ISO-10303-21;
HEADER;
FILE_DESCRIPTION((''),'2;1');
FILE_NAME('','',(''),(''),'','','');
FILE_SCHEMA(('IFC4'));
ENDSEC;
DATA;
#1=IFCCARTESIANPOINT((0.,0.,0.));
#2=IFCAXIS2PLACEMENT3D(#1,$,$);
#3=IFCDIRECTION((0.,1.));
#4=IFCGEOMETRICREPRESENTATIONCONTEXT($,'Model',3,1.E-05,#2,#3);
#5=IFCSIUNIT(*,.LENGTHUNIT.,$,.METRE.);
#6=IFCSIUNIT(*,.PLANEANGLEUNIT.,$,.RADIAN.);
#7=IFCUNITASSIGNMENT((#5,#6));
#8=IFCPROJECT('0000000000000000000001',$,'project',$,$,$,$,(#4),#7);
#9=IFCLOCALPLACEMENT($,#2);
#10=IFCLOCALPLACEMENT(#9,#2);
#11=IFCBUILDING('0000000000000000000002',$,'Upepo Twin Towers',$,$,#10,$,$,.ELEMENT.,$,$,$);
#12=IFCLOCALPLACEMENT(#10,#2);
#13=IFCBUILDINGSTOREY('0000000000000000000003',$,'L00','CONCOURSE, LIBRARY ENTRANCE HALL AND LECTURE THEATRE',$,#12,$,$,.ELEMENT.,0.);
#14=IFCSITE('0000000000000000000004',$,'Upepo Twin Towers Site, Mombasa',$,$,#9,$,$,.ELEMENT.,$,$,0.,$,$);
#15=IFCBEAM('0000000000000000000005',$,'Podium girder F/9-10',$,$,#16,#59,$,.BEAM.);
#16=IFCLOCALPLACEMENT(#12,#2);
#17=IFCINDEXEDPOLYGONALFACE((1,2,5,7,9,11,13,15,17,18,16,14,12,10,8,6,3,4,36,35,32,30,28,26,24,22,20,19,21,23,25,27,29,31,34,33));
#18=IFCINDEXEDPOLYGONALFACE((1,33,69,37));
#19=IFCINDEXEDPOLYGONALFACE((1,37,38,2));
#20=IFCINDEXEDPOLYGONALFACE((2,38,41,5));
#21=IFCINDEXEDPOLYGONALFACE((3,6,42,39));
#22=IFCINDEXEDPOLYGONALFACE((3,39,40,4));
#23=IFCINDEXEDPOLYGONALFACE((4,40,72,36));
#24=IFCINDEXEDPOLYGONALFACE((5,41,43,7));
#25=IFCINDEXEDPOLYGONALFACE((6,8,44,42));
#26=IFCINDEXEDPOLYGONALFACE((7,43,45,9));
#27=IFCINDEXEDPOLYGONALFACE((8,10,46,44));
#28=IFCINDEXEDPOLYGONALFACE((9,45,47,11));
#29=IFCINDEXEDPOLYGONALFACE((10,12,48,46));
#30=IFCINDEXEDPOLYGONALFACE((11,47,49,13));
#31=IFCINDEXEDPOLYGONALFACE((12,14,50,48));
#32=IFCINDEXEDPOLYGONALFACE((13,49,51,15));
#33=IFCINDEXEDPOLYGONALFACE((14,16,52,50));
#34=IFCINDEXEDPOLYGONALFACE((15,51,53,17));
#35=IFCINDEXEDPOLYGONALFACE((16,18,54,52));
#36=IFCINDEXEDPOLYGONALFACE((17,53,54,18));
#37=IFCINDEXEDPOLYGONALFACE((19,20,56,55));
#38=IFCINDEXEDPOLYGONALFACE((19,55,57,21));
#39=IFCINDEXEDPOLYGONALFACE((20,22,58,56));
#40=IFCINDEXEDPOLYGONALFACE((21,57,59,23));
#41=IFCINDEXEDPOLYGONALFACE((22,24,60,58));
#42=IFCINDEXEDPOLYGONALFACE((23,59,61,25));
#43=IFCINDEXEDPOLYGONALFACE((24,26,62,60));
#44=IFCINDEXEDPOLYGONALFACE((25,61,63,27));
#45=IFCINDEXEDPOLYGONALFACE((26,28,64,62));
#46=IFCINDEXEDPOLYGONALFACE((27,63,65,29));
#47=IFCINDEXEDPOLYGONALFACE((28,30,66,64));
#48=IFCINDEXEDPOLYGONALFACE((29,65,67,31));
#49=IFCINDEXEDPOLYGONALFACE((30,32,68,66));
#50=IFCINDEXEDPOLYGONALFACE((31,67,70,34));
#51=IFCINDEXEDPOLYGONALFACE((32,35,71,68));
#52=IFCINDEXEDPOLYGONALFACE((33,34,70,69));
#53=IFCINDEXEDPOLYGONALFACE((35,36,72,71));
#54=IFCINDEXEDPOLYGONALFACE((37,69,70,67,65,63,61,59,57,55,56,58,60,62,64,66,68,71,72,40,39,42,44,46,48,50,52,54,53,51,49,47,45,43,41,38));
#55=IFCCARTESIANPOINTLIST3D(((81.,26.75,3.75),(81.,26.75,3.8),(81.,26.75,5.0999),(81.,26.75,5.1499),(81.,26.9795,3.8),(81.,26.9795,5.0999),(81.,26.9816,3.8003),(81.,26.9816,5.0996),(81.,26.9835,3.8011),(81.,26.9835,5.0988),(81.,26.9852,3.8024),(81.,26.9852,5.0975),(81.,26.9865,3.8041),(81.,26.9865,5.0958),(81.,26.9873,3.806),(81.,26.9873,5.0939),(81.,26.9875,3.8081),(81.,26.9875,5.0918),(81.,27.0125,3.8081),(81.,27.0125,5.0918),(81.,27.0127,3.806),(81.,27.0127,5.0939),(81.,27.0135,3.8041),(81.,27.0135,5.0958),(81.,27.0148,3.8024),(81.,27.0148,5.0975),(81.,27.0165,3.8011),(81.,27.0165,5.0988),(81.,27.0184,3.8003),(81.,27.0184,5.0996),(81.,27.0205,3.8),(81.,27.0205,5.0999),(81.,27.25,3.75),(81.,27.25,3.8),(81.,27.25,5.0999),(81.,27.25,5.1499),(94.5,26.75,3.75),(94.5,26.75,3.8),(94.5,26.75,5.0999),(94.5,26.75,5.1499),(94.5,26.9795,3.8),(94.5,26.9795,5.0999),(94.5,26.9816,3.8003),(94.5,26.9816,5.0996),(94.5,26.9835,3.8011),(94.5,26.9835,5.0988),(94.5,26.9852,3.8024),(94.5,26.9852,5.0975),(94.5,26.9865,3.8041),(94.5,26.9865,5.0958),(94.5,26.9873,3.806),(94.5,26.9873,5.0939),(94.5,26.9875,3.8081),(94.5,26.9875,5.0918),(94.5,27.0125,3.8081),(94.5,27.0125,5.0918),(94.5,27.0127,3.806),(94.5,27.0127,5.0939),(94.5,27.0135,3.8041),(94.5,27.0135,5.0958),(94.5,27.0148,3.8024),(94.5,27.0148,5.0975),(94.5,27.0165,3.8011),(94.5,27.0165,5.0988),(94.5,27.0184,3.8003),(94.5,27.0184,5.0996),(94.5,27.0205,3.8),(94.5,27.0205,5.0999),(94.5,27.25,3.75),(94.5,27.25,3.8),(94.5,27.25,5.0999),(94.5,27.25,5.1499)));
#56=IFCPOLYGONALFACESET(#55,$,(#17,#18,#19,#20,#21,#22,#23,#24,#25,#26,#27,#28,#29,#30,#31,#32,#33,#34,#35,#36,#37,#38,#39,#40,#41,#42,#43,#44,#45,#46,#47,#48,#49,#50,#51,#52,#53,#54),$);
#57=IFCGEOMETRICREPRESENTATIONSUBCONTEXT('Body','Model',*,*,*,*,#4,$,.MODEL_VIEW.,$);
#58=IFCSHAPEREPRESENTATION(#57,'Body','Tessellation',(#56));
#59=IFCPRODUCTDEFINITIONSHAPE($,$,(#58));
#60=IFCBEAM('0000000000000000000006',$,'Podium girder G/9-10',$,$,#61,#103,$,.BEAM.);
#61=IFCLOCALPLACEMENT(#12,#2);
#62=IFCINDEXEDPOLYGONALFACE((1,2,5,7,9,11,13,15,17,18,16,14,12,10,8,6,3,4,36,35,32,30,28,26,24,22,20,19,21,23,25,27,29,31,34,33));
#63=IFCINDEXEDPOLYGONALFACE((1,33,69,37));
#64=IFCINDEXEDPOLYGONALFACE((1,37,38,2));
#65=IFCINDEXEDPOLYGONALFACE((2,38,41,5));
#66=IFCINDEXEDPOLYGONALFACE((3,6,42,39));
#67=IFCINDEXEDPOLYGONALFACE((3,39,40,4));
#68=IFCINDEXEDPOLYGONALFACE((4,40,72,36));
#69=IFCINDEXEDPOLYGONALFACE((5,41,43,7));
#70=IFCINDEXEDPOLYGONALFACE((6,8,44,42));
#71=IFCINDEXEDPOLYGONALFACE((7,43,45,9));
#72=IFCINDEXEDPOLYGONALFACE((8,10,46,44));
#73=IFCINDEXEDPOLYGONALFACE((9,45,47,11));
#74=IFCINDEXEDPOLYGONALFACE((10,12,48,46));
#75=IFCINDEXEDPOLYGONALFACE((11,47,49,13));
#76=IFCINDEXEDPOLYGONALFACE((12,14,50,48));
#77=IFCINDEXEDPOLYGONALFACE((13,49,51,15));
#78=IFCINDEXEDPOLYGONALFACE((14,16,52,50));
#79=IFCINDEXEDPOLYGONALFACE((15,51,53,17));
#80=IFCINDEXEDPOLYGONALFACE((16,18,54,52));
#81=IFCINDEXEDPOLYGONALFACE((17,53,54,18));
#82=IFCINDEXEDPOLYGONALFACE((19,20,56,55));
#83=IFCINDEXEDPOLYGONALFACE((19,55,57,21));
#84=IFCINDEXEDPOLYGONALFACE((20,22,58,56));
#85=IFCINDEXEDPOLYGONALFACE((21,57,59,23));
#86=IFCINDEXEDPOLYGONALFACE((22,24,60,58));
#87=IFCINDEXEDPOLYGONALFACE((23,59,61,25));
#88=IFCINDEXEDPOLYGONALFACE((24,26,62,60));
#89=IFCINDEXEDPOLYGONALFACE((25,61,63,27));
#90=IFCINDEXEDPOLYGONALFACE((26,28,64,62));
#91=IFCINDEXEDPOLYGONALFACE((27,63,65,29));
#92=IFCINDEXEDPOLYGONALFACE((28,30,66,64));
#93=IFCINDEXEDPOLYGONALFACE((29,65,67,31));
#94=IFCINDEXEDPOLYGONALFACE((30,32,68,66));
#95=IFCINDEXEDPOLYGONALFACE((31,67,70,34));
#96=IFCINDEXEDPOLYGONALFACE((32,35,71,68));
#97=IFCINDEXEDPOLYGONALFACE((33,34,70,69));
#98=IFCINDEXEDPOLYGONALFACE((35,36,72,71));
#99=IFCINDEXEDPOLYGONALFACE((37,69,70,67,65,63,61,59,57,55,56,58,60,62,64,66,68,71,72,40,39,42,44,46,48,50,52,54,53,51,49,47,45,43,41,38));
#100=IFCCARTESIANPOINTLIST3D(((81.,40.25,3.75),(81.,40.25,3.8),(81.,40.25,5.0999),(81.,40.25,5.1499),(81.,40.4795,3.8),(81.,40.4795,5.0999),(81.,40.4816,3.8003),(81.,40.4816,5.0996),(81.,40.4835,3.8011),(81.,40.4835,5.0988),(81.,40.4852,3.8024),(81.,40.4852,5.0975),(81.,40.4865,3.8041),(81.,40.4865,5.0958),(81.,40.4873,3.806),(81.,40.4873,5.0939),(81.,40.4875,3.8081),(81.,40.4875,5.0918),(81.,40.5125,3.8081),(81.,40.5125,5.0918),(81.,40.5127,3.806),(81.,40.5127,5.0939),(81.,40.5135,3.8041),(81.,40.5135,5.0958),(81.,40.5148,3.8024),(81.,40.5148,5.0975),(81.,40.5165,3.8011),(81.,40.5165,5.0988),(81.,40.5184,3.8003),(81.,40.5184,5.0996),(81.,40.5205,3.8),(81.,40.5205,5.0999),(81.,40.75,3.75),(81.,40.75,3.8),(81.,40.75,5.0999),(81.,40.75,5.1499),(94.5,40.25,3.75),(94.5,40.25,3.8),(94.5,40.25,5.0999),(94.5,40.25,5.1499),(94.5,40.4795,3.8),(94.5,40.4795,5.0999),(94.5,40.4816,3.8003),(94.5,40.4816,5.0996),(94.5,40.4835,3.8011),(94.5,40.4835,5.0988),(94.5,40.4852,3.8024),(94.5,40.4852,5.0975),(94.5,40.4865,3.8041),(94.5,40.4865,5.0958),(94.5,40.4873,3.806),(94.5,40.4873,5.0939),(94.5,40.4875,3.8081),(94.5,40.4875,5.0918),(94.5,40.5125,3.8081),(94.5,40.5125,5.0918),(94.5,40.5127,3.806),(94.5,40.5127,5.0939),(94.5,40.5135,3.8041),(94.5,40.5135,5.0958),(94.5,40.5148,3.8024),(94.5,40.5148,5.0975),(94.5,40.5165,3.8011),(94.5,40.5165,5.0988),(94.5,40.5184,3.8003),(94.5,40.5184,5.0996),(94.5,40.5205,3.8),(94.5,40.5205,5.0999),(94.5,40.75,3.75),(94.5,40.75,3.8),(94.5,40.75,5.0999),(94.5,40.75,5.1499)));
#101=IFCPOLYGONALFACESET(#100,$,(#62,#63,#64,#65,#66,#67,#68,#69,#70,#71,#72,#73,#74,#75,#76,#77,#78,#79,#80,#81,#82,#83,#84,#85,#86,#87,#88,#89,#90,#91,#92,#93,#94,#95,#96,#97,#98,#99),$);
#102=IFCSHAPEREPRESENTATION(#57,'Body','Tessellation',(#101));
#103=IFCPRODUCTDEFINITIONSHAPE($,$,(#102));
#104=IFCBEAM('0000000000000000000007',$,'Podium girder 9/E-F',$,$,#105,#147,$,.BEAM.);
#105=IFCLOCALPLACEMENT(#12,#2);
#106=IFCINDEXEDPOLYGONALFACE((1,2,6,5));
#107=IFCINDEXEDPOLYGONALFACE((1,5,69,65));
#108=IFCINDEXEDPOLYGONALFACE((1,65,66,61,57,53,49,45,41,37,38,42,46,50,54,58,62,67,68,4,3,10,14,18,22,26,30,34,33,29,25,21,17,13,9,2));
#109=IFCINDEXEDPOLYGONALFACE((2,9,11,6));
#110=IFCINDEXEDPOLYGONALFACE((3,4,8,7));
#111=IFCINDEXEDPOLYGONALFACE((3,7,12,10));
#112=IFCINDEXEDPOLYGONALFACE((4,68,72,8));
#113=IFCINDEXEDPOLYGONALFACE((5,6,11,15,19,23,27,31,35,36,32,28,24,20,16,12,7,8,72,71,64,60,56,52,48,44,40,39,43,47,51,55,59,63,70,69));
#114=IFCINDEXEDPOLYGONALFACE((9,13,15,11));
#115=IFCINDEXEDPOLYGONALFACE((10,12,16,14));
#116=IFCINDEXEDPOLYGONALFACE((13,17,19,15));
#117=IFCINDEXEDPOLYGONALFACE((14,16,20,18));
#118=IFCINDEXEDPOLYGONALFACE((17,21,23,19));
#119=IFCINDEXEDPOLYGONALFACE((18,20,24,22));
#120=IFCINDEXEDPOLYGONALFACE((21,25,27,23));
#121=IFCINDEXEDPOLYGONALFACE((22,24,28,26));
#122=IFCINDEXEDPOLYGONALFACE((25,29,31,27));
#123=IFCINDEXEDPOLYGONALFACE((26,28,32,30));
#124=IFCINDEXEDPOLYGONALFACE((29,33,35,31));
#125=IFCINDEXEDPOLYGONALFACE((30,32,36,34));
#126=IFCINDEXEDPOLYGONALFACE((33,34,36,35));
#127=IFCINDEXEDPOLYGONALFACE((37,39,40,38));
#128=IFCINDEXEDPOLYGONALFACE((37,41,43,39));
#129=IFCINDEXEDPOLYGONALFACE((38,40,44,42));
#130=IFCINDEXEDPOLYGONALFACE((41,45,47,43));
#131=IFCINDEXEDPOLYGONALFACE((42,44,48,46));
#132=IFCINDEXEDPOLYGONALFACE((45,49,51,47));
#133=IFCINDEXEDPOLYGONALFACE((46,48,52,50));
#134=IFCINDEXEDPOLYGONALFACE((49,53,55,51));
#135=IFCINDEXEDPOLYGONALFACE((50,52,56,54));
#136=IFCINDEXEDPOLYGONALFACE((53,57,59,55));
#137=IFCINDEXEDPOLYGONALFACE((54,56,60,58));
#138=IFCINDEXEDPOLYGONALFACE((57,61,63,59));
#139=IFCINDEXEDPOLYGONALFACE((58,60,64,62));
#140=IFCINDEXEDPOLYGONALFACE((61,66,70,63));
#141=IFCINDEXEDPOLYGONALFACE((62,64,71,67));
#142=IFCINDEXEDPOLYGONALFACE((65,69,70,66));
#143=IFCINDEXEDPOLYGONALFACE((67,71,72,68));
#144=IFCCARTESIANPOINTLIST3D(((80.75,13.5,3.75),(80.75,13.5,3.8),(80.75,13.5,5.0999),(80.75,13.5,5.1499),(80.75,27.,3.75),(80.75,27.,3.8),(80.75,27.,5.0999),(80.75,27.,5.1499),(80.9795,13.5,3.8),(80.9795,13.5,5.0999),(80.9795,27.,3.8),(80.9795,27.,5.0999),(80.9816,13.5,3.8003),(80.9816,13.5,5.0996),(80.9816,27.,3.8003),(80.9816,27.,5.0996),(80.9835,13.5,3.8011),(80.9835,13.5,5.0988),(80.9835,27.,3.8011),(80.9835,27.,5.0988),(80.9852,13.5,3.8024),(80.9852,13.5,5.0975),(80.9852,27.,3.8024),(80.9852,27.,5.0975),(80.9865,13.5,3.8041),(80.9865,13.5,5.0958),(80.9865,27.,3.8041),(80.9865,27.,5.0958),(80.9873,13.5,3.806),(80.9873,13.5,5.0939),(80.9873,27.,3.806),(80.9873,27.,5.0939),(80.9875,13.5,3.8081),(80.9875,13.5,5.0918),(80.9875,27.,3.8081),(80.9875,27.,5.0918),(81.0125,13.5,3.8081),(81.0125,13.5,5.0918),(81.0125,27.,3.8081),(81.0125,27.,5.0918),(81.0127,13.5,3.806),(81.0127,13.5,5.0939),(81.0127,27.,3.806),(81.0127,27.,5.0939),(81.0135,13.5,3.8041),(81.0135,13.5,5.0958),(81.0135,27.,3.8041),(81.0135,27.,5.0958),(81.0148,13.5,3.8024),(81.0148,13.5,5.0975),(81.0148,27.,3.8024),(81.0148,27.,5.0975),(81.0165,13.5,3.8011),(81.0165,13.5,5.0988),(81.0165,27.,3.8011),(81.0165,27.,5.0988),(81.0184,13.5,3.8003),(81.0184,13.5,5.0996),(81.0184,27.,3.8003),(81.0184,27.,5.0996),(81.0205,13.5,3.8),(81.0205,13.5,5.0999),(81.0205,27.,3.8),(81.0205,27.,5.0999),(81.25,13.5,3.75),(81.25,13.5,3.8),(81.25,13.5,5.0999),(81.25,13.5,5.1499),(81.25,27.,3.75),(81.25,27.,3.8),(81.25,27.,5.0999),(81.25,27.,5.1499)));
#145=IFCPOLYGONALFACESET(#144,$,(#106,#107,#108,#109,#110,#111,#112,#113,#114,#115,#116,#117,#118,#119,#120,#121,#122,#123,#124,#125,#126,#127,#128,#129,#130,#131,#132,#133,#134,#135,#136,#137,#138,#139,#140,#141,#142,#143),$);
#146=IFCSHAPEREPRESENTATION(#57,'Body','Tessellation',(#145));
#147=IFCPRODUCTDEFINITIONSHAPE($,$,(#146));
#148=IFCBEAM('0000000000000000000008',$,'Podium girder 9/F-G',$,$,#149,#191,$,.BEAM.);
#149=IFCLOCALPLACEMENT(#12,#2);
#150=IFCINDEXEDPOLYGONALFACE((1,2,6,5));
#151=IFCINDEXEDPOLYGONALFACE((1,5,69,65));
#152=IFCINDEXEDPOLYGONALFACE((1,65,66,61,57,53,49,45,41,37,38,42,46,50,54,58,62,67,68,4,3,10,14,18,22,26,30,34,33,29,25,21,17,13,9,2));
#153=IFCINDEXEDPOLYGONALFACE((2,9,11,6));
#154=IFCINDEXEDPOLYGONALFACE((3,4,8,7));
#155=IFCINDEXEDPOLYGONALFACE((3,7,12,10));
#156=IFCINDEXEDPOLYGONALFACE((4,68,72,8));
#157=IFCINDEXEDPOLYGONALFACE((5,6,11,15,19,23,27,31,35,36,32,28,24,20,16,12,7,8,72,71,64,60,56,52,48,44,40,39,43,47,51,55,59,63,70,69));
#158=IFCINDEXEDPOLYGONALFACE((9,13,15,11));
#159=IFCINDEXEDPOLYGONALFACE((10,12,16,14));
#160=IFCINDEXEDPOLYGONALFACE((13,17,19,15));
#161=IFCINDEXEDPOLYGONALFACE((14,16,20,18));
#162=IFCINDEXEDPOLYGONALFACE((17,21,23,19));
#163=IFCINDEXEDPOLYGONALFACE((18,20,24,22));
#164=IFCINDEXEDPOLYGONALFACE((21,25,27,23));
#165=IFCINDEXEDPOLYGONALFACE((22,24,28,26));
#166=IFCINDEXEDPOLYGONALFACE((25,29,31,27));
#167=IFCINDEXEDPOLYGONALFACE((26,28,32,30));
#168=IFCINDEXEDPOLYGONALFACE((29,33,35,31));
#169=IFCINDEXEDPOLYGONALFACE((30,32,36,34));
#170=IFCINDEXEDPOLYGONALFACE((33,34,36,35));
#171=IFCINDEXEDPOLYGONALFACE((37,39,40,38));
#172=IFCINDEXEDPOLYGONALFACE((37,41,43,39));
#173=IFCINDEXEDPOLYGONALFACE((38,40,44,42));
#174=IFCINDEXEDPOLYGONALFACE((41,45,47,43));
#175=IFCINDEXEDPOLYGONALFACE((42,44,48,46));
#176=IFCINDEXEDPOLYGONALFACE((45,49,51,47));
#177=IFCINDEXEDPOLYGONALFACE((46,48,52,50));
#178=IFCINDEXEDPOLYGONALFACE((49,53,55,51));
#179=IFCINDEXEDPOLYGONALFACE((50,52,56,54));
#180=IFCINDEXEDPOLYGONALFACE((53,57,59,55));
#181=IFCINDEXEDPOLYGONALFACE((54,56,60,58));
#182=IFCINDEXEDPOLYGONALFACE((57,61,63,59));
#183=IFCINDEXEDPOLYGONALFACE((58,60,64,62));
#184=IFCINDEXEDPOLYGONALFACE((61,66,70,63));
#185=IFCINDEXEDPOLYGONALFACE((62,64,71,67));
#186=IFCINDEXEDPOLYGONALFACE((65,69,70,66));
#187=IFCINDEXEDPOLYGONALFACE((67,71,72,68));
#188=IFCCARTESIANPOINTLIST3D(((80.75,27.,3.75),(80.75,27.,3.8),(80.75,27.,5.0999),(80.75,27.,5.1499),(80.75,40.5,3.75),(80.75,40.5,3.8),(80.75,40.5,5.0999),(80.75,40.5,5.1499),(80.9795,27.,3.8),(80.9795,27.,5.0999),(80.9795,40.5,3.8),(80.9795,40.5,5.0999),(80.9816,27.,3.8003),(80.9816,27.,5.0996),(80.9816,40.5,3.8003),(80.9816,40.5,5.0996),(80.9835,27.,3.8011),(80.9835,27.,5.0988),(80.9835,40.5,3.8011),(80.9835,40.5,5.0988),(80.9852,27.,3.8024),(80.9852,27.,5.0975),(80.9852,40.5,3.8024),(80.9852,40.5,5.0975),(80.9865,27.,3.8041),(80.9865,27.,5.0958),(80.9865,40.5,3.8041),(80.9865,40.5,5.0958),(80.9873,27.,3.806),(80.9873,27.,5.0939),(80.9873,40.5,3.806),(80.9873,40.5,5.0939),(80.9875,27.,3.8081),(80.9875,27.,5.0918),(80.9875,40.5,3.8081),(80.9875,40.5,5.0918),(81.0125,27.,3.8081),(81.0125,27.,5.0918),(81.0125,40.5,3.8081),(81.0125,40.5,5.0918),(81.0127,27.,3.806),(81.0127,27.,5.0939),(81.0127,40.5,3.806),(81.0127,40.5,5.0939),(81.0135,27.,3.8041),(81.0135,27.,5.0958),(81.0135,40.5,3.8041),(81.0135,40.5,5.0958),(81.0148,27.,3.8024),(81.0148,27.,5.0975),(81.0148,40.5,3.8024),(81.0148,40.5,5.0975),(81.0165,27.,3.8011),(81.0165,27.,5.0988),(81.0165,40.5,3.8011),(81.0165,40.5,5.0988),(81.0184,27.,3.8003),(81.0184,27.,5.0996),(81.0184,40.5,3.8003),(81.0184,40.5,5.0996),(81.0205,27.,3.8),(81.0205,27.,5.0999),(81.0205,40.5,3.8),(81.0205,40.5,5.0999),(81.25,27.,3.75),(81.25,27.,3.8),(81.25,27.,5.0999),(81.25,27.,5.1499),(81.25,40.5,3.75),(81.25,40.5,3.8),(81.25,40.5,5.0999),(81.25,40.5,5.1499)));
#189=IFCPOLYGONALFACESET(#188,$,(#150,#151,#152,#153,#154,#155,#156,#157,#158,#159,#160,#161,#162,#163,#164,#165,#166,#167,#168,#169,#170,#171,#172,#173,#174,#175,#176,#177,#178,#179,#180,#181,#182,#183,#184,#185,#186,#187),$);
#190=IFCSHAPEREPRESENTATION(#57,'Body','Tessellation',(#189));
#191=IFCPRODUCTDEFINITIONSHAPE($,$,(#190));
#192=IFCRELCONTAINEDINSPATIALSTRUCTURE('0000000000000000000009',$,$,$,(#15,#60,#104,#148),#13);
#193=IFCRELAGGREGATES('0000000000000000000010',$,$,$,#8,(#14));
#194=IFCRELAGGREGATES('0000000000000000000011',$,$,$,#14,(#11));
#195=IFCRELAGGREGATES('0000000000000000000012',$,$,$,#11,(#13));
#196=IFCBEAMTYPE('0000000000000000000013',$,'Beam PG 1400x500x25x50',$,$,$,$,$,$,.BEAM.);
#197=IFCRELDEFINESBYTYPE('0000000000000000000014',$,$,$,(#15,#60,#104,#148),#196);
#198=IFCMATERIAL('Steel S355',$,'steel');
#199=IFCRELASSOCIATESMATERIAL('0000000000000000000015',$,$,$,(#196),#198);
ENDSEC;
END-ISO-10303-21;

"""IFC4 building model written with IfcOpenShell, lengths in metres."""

from ifc_helpers import new_model, si_unit, direction, frame, origin, origin_2d, place, context, subcontext, project, spatial, i_section, extrude, material, material_profile, profile_set, type_object, element, save


model = new_model("IFC4")

# Units and contexts
model_context = context("Model", 3, precision=1e-05, world=origin(), true_north=direction((0.0, 1.0)))
body_context = subcontext(model_context, "Body", "Model", "MODEL_VIEW")
ifc_project = project(units=[si_unit("LENGTHUNIT", "METRE"), si_unit("PLANEANGLEUNIT", "RADIAN")], contexts=[model_context])

# Site, building, storey
site_placement = place(None, origin())
site = spatial("IfcSite", under=ifc_project, at=site_placement, Name="Upepo Twin Towers Site, Mombasa", CompositionType="ELEMENT", RefElevation=0.0)
building_placement = place(site_placement, origin())
building = spatial("IfcBuilding", under=site, at=building_placement, Name="Upepo Twin Towers", CompositionType="ELEMENT")
storey_placement = place(building_placement, origin())
storey = spatial("IfcBuildingStorey", under=building, at=storey_placement, Name="L00", Description="CONCOURSE, LIBRARY ENTRANCE HALL AND LECTURE THEATRE", CompositionType="ELEMENT", Elevation=0.0)

# Beams
ifc_material_1 = material(Name="Steel S355", Category="steel")
ifc_material_profile_1 = material_profile(ifc_material_1, i_section(OverallWidth=0.5, OverallDepth=1.3999, WebThickness=0.0249, FlangeThickness=0.05, FilletRadius=0.0081, at=origin_2d()), Name="PG 1400x500x25x50")
ifc_profile_set_1 = profile_set([ifc_material_profile_1], Name="Steel S355")
beam_type_1 = type_object("IfcBeamType", Name="Beam PG 1400x500x25x50", PredefinedType="BEAM", material=ifc_profile_set_1)
for number, where, z_axis, x_axis, name in (
    (1, (81.0, 27.0, 4.45), (1.0, 0.0, 0.0), (0.0, 1.0, 0.0), "Podium girder F/9-10"),
    (2, (81.0, 40.5, 4.45), (1.0, 0.0, 0.0), (0.0, 1.0, 0.0), "Podium girder G/9-10"),
    (3, (81.0, 13.5, 4.45), (0.0, 1.0, 0.0), (-1.0, 0.0, 0.0), "Podium girder 9/E-F"),
    (4, (81.0, 27.0, 4.45), (0.0, 1.0, 0.0), (-1.0, 0.0, 0.0), "Podium girder 9/F-G"),
):
    element("IfcBeam", number, at=place(storey_placement, frame(where, z_axis=z_axis, x_axis=x_axis)), inside=storey, type_object=beam_type_1, Name=name, PredefinedType="BEAM", context=body_context, shape_type="SweptSolid", body=[
        extrude(i_section(OverallWidth=0.5, OverallDepth=1.3999, WebThickness=0.0249, FlangeThickness=0.05, FilletRadius=0.0081, at=origin_2d()), origin(), (0.0, 0.0, 1.0), 13.5),
    ])

save(model, "model.ifc")
